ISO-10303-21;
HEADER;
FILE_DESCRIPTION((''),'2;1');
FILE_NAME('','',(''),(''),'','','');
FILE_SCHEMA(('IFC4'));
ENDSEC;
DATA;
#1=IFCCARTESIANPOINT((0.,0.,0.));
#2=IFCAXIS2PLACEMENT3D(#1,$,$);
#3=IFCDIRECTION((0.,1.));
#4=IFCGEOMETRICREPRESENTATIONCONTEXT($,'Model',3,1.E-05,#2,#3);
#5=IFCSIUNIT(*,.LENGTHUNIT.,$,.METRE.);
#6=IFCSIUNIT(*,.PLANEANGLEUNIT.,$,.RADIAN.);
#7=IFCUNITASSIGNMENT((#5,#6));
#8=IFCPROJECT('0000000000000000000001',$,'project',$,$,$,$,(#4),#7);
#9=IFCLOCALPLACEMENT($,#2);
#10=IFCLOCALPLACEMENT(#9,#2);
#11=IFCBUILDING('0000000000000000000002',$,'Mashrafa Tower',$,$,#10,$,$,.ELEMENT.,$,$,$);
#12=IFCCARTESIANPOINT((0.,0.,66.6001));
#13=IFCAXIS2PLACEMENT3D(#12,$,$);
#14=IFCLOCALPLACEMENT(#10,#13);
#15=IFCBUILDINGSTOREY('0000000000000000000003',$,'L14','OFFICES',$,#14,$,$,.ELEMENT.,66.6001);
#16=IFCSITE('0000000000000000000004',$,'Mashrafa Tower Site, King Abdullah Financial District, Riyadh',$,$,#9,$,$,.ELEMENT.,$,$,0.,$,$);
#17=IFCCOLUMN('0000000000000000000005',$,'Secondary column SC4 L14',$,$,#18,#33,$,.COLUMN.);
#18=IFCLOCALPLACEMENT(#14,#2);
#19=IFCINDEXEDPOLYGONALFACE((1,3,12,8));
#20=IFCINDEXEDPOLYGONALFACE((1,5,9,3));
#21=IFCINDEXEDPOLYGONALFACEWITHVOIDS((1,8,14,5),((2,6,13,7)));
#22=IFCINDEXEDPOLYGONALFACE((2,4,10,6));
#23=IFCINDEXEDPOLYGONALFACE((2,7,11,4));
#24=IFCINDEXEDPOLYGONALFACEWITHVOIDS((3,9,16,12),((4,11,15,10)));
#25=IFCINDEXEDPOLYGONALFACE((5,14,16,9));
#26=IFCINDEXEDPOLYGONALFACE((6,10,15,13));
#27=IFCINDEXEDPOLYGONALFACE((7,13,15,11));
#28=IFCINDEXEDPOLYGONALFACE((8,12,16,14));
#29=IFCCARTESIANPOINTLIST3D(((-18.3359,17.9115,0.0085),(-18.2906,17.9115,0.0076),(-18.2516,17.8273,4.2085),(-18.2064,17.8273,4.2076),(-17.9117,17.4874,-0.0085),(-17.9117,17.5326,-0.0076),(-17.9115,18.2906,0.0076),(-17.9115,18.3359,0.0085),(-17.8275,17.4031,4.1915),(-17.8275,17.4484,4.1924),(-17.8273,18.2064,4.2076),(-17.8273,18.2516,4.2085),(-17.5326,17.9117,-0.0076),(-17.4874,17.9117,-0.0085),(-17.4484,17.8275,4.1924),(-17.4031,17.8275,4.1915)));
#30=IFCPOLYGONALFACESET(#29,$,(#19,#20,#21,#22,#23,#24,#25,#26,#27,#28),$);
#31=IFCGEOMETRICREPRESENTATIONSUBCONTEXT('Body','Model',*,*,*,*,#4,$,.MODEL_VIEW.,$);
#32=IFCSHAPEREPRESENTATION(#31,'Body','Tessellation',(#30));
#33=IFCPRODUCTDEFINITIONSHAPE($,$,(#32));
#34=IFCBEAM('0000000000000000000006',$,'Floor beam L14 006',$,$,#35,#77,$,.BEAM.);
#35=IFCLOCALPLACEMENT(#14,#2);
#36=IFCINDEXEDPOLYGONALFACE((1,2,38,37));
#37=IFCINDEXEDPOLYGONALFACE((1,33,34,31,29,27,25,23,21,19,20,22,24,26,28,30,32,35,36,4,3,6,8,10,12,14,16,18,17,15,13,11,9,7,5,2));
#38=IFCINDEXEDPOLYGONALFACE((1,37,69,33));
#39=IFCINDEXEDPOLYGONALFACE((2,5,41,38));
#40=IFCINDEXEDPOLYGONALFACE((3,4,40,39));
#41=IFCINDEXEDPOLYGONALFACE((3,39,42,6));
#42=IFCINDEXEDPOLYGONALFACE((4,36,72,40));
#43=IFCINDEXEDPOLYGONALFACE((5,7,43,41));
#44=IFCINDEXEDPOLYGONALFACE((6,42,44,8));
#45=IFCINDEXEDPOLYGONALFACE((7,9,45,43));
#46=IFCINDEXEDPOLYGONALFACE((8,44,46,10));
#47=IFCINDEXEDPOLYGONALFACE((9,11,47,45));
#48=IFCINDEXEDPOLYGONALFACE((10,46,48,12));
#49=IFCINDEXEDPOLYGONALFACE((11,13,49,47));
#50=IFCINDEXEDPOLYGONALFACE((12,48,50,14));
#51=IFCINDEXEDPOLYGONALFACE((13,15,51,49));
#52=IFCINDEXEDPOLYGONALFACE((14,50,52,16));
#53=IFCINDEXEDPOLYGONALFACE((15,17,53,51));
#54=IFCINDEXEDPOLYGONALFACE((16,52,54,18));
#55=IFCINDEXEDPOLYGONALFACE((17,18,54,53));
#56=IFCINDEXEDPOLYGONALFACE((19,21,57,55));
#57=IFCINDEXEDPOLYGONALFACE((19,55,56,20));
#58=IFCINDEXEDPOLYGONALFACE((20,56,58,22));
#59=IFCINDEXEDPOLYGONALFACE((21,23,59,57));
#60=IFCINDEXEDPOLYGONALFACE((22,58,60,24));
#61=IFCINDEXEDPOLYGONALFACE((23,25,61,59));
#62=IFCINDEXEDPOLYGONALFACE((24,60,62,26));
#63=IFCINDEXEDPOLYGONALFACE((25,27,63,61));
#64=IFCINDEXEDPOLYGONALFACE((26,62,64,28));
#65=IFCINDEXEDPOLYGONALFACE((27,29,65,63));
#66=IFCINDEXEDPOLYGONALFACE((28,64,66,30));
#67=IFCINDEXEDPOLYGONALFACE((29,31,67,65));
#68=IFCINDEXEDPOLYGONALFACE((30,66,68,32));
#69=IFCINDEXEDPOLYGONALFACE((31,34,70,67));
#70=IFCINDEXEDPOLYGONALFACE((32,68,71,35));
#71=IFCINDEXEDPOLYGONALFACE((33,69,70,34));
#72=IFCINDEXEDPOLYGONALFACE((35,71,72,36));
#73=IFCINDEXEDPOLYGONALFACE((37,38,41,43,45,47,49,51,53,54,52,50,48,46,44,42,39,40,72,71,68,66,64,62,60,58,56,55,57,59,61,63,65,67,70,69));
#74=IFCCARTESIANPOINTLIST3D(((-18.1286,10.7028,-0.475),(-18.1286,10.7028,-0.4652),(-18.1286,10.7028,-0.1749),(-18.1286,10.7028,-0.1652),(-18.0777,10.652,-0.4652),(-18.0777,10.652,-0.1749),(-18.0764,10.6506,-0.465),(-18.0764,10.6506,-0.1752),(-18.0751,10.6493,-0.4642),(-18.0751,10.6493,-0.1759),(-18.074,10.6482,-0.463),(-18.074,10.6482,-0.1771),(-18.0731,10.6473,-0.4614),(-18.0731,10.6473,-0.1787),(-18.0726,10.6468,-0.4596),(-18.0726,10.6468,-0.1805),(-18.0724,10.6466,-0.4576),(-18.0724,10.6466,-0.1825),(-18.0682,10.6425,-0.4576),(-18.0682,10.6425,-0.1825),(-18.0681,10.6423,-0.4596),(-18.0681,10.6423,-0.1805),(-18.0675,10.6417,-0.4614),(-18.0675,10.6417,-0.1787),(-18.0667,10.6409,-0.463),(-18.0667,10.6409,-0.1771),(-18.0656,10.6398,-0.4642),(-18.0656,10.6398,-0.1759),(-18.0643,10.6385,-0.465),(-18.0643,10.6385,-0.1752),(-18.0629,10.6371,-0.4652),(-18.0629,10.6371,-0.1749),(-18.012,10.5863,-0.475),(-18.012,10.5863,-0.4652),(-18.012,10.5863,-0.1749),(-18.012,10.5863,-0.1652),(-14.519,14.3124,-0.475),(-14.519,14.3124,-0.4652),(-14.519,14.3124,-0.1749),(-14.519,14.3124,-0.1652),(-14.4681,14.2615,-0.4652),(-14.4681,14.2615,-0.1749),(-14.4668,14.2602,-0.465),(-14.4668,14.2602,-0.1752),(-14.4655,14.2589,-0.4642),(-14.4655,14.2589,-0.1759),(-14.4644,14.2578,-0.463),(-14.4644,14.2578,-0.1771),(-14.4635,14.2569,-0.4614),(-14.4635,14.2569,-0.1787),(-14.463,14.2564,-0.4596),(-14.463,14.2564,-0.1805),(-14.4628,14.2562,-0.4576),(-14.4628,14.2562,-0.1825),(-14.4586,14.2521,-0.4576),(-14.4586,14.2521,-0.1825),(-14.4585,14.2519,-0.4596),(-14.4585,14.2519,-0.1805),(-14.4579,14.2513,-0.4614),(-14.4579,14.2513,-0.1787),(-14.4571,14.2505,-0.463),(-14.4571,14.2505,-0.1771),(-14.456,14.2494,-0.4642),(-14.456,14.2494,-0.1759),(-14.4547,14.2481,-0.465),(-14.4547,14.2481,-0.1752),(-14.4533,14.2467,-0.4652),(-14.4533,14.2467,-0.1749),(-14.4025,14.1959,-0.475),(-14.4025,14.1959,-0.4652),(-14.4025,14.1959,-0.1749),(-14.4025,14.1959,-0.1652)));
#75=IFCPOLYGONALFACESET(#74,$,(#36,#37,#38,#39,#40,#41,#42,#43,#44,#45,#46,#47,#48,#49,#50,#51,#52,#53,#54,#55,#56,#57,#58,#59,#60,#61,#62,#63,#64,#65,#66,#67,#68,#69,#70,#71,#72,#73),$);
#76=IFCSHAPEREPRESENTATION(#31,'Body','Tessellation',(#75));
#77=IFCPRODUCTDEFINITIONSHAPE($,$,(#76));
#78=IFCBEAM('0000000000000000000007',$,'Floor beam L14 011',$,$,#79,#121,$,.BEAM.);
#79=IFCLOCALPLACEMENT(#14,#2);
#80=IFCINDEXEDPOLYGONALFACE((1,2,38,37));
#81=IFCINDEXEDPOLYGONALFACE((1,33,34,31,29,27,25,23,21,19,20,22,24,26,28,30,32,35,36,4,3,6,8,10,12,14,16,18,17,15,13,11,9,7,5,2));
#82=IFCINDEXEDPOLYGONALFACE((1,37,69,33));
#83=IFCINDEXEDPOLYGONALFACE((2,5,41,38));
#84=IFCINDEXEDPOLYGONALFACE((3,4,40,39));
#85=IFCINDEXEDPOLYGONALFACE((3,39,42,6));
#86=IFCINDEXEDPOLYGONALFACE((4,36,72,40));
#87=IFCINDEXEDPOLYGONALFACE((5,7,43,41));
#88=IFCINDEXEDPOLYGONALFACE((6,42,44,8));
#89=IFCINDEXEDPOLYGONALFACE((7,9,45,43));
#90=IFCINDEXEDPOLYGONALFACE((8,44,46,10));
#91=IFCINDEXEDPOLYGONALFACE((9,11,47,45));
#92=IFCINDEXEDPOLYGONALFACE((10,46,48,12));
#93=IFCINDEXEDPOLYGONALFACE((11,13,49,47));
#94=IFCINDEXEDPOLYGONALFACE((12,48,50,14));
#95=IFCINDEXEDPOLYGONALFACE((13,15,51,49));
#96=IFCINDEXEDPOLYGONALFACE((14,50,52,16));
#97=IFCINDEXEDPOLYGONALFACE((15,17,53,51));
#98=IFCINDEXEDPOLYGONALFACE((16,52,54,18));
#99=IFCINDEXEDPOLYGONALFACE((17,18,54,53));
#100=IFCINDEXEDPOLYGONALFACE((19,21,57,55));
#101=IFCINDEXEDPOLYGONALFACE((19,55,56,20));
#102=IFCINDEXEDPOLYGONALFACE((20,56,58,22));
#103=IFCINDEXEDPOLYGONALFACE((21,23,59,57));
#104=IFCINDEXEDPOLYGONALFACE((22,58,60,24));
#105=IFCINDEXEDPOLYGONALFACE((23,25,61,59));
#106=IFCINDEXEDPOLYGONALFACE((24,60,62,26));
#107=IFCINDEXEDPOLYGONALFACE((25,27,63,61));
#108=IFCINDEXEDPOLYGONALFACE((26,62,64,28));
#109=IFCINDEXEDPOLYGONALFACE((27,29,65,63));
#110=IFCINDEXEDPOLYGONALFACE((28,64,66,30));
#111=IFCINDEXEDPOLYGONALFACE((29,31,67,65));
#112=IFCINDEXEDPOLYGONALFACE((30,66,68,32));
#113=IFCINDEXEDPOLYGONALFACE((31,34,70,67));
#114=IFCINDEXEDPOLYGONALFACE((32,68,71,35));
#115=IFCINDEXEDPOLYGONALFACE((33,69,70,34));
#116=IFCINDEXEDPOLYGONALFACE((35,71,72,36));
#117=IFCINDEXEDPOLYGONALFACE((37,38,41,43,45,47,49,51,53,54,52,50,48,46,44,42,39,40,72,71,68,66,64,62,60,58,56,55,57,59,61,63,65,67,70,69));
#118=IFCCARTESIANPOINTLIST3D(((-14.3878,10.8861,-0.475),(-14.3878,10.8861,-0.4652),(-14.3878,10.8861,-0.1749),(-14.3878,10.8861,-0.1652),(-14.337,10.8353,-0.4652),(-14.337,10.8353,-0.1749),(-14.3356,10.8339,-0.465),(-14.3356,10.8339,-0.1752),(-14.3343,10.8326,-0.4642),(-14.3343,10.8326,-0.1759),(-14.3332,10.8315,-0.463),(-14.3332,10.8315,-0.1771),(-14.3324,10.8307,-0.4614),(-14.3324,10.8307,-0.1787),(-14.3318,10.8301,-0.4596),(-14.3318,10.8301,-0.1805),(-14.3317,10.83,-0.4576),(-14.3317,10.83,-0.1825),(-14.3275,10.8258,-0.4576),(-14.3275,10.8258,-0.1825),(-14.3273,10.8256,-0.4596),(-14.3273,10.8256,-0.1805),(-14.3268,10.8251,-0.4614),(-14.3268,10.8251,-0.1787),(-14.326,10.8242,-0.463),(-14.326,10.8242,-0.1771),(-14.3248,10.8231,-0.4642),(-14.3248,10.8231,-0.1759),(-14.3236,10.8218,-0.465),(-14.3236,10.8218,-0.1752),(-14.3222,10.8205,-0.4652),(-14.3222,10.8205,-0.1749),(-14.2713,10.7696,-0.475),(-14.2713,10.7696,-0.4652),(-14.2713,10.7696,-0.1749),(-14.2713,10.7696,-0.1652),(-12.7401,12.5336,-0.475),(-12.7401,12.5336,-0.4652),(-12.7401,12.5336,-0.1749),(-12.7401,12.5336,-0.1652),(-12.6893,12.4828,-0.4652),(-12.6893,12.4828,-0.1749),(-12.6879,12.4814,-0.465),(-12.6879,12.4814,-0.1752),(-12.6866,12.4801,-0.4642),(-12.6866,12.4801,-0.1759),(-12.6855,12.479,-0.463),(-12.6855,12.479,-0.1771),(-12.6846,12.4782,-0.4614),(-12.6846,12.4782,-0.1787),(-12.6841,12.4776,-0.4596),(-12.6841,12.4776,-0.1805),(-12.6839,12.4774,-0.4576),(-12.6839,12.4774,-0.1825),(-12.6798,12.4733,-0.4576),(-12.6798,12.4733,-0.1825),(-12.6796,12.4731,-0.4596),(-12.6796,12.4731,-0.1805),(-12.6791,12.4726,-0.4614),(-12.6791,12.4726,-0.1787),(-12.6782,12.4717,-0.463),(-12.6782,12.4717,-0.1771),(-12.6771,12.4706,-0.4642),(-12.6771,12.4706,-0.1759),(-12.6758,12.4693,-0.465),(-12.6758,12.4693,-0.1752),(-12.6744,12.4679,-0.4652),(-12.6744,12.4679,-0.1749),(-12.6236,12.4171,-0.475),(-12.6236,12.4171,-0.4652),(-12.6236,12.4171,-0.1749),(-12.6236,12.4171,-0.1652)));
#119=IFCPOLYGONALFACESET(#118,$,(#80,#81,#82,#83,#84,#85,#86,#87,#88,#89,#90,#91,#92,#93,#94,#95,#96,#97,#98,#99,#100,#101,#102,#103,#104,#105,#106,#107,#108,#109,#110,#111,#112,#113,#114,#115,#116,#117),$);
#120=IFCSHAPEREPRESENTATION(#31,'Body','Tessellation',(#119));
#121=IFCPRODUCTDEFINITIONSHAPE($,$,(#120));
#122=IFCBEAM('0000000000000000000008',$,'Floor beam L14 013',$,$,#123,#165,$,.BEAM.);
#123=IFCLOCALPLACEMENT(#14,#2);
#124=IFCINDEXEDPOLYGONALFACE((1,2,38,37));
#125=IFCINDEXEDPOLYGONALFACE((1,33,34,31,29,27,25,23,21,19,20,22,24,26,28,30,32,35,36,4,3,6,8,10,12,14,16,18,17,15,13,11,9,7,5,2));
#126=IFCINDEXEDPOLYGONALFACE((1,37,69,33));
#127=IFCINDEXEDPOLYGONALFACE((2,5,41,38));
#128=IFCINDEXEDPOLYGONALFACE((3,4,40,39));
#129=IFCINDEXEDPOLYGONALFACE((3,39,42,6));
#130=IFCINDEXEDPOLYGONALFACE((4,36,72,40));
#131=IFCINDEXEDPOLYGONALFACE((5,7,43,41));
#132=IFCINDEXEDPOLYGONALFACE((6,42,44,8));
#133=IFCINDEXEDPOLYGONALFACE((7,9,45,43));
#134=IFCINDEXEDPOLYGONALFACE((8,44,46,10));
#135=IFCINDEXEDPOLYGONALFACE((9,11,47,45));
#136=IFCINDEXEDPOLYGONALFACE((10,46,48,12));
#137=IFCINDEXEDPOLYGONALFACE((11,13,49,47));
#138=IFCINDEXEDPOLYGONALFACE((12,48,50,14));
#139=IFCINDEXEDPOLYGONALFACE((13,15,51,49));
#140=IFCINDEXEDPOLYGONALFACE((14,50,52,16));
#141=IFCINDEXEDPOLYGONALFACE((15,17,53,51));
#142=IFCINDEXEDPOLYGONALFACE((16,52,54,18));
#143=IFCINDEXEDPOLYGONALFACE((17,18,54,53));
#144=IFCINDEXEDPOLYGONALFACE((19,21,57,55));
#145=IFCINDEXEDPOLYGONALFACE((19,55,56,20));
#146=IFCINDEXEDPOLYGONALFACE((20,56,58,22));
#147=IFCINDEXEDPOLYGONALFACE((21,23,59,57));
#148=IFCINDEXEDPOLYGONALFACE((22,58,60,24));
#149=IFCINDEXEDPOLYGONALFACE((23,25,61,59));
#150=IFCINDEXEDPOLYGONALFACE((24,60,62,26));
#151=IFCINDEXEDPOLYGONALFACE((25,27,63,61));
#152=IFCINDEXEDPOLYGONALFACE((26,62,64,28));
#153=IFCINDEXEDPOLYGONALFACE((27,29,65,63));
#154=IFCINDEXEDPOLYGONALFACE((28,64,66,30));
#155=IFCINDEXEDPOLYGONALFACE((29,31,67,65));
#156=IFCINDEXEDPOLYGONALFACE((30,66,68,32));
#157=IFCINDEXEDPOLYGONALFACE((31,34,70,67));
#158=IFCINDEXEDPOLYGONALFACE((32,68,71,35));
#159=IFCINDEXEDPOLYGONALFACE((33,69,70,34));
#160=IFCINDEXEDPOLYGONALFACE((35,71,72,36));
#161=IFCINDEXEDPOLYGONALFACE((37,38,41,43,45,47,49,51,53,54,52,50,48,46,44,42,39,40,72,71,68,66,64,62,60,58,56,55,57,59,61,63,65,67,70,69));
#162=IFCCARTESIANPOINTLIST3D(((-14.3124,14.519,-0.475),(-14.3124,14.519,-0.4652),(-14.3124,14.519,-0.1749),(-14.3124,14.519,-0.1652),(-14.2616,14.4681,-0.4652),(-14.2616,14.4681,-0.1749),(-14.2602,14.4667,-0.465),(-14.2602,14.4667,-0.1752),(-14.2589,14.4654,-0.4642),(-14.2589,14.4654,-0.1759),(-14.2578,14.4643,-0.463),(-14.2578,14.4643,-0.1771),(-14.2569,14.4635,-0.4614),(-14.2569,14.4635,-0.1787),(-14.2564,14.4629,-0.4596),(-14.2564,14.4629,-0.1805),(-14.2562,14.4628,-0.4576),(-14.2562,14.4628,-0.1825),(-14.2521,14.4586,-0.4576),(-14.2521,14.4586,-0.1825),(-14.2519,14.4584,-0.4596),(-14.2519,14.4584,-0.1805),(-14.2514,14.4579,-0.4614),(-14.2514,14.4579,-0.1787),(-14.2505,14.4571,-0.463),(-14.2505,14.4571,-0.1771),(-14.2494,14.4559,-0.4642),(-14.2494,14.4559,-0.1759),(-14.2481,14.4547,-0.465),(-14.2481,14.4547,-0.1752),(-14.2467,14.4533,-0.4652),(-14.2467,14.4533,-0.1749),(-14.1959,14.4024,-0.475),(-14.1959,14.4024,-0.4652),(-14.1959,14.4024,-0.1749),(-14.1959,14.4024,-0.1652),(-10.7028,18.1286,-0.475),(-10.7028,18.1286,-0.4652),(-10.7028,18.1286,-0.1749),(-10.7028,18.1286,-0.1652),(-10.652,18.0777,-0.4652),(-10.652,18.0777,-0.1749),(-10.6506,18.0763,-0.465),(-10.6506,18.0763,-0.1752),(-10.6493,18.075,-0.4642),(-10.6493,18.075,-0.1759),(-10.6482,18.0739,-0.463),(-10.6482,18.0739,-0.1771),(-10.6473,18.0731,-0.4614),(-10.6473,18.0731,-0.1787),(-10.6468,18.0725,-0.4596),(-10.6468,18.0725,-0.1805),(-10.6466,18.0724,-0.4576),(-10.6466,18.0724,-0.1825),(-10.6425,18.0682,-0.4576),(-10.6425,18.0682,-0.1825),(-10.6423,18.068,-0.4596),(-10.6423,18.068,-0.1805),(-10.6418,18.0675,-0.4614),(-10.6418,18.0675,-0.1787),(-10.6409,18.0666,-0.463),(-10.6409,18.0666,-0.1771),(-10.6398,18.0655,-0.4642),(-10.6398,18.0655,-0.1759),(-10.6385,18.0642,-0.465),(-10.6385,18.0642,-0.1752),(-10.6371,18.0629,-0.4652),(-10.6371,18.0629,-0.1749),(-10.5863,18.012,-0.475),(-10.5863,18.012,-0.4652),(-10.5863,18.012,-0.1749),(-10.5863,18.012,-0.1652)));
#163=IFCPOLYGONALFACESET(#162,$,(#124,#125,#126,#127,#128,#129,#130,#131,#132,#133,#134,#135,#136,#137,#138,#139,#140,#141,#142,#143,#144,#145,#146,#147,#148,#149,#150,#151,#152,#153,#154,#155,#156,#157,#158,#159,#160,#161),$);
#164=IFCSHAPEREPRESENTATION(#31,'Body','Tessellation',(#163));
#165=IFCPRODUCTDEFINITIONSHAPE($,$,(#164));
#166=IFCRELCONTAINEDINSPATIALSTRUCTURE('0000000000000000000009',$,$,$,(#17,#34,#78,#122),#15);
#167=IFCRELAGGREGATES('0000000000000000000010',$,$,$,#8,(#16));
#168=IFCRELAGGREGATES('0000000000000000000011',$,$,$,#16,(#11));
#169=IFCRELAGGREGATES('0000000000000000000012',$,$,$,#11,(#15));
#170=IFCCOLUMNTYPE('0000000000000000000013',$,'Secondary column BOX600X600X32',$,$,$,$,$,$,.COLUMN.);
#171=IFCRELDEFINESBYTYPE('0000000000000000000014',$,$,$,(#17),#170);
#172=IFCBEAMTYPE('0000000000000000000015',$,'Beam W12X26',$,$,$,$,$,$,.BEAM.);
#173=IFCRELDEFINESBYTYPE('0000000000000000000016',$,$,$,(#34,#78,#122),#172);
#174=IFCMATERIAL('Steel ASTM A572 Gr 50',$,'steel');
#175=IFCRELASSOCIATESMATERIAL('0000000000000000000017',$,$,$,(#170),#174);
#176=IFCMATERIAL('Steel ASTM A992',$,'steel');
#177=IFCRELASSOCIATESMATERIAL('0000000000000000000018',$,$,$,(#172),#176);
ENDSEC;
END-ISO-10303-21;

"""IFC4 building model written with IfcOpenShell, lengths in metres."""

from ifc_helpers import new_model, si_unit, direction, frame, origin, origin_2d, place, context, subcontext, project, spatial, hollow_rectangle, i_section, extrude, material, material_profile, profile_set, type_object, element, save


model = new_model("IFC4")

# Units and contexts
model_context = context("Model", 3, precision=1e-05, world=origin(), true_north=direction((0.0, 1.0)))
body_context = subcontext(model_context, "Body", "Model", "MODEL_VIEW")
ifc_project = project(units=[si_unit("LENGTHUNIT", "METRE"), si_unit("PLANEANGLEUNIT", "RADIAN")], contexts=[model_context])

# Site, building, storey
site_placement = place(None, origin())
site = spatial("IfcSite", under=ifc_project, at=site_placement, Name="Mashrafa Tower Site, King Abdullah Financial District, Riyadh", CompositionType="ELEMENT", RefElevation=0.0)
building_placement = place(site_placement, origin())
building = spatial("IfcBuilding", under=site, at=building_placement, Name="Mashrafa Tower", CompositionType="ELEMENT")
storey_placement = place(building_placement, frame((0.0, 0.0, 66.6001)))
storey = spatial("IfcBuildingStorey", under=building, at=storey_placement, Name="L14", Description="OFFICES", CompositionType="ELEMENT", Elevation=66.6001)

# Column
ifc_material_1 = material(Name="Steel ASTM A572 Gr 50", Category="steel")
ifc_material_profile_1 = material_profile(ifc_material_1, hollow_rectangle(XDim=0.6001, YDim=0.6001, WallThickness=0.032, at=origin_2d()), Name="BOX600X600X32")
ifc_profile_set_1 = profile_set([ifc_material_profile_1], Name="Steel ASTM A572 Gr 50")
column_type = type_object("IfcColumnType", Name="Secondary column BOX600X600X32", PredefinedType="COLUMN", material=ifc_profile_set_1)
column_placement = place(storey_placement, frame((-17.9116, 17.9116, 0.0), z_axis=(0.020047, -0.020047, 0.999598), x_axis=(0.707107, 0.707107, 0.0)))
element("IfcColumn", 1, at=column_placement, inside=storey, type_object=column_type, Name="Secondary column SC4 L14", PredefinedType="COLUMN", context=body_context, shape_type="SweptSolid", body=[
    extrude(hollow_rectangle(XDim=0.6001, YDim=0.6001, WallThickness=0.032, at=origin_2d()), origin(), (0.0, 0.0, 1.0), 4.2017),
])

# Beams
ifc_material_2 = material(Name="Steel ASTM A992", Category="steel")
ifc_material_profile_2 = material_profile(ifc_material_2, i_section(OverallWidth=0.1648, OverallDepth=0.3098, WebThickness=0.0059, FlangeThickness=0.0098, FilletRadius=0.0076, at=origin_2d()), Name="W12X26")
ifc_profile_set_2 = profile_set([ifc_material_profile_2], Name="Steel ASTM A992")
beam_type_1 = type_object("IfcBeamType", Name="Beam W12X26", PredefinedType="BEAM", material=ifc_profile_set_2)
beam_1_placement = place(storey_placement, frame((-18.0703, 10.6445, -0.3201), z_axis=(0.707107, 0.707107, 0.0), x_axis=(-0.707107, 0.707107, 0.0)))
element("IfcBeam", 2, at=beam_1_placement, inside=storey, type_object=beam_type_1, Name="Floor beam L14 006", PredefinedType="BEAM", context=body_context, shape_type="SweptSolid", body=[
    extrude(i_section(OverallWidth=0.1648, OverallDepth=0.3098, WebThickness=0.0059, FlangeThickness=0.0098, FilletRadius=0.0076, at=origin_2d()), origin(), (0.0, 0.0, 1.0), 5.1047),
])
beam_2_placement = place(storey_placement, frame((-14.3296, 10.8279, -0.3201), z_axis=(0.707159, 0.707054, 0.0), x_axis=(-0.707054, 0.707159, 0.0)))
element("IfcBeam", 3, at=beam_2_placement, inside=storey, type_object=beam_type_1, Name="Floor beam L14 011", PredefinedType="BEAM", context=body_context, shape_type="SweptSolid", body=[
    extrude(i_section(OverallWidth=0.1648, OverallDepth=0.3098, WebThickness=0.0059, FlangeThickness=0.0098, FilletRadius=0.0076, at=origin_2d()), origin(), (0.0, 0.0, 1.0), 2.3301),
])
beam_3_placement = place(storey_placement, frame((-14.2542, 14.4607, -0.3201), z_axis=(0.707107, 0.707107, 0.0), x_axis=(-0.707107, 0.707107, 0.0)))
element("IfcBeam", 4, at=beam_3_placement, inside=storey, type_object=beam_type_1, Name="Floor beam L14 013", PredefinedType="BEAM", context=body_context, shape_type="SweptSolid", body=[
    extrude(i_section(OverallWidth=0.1648, OverallDepth=0.3098, WebThickness=0.0059, FlangeThickness=0.0098, FilletRadius=0.0076, at=origin_2d()), origin(), (0.0, 0.0, 1.0), 5.1047),
])

save(model, "model.ifc")
